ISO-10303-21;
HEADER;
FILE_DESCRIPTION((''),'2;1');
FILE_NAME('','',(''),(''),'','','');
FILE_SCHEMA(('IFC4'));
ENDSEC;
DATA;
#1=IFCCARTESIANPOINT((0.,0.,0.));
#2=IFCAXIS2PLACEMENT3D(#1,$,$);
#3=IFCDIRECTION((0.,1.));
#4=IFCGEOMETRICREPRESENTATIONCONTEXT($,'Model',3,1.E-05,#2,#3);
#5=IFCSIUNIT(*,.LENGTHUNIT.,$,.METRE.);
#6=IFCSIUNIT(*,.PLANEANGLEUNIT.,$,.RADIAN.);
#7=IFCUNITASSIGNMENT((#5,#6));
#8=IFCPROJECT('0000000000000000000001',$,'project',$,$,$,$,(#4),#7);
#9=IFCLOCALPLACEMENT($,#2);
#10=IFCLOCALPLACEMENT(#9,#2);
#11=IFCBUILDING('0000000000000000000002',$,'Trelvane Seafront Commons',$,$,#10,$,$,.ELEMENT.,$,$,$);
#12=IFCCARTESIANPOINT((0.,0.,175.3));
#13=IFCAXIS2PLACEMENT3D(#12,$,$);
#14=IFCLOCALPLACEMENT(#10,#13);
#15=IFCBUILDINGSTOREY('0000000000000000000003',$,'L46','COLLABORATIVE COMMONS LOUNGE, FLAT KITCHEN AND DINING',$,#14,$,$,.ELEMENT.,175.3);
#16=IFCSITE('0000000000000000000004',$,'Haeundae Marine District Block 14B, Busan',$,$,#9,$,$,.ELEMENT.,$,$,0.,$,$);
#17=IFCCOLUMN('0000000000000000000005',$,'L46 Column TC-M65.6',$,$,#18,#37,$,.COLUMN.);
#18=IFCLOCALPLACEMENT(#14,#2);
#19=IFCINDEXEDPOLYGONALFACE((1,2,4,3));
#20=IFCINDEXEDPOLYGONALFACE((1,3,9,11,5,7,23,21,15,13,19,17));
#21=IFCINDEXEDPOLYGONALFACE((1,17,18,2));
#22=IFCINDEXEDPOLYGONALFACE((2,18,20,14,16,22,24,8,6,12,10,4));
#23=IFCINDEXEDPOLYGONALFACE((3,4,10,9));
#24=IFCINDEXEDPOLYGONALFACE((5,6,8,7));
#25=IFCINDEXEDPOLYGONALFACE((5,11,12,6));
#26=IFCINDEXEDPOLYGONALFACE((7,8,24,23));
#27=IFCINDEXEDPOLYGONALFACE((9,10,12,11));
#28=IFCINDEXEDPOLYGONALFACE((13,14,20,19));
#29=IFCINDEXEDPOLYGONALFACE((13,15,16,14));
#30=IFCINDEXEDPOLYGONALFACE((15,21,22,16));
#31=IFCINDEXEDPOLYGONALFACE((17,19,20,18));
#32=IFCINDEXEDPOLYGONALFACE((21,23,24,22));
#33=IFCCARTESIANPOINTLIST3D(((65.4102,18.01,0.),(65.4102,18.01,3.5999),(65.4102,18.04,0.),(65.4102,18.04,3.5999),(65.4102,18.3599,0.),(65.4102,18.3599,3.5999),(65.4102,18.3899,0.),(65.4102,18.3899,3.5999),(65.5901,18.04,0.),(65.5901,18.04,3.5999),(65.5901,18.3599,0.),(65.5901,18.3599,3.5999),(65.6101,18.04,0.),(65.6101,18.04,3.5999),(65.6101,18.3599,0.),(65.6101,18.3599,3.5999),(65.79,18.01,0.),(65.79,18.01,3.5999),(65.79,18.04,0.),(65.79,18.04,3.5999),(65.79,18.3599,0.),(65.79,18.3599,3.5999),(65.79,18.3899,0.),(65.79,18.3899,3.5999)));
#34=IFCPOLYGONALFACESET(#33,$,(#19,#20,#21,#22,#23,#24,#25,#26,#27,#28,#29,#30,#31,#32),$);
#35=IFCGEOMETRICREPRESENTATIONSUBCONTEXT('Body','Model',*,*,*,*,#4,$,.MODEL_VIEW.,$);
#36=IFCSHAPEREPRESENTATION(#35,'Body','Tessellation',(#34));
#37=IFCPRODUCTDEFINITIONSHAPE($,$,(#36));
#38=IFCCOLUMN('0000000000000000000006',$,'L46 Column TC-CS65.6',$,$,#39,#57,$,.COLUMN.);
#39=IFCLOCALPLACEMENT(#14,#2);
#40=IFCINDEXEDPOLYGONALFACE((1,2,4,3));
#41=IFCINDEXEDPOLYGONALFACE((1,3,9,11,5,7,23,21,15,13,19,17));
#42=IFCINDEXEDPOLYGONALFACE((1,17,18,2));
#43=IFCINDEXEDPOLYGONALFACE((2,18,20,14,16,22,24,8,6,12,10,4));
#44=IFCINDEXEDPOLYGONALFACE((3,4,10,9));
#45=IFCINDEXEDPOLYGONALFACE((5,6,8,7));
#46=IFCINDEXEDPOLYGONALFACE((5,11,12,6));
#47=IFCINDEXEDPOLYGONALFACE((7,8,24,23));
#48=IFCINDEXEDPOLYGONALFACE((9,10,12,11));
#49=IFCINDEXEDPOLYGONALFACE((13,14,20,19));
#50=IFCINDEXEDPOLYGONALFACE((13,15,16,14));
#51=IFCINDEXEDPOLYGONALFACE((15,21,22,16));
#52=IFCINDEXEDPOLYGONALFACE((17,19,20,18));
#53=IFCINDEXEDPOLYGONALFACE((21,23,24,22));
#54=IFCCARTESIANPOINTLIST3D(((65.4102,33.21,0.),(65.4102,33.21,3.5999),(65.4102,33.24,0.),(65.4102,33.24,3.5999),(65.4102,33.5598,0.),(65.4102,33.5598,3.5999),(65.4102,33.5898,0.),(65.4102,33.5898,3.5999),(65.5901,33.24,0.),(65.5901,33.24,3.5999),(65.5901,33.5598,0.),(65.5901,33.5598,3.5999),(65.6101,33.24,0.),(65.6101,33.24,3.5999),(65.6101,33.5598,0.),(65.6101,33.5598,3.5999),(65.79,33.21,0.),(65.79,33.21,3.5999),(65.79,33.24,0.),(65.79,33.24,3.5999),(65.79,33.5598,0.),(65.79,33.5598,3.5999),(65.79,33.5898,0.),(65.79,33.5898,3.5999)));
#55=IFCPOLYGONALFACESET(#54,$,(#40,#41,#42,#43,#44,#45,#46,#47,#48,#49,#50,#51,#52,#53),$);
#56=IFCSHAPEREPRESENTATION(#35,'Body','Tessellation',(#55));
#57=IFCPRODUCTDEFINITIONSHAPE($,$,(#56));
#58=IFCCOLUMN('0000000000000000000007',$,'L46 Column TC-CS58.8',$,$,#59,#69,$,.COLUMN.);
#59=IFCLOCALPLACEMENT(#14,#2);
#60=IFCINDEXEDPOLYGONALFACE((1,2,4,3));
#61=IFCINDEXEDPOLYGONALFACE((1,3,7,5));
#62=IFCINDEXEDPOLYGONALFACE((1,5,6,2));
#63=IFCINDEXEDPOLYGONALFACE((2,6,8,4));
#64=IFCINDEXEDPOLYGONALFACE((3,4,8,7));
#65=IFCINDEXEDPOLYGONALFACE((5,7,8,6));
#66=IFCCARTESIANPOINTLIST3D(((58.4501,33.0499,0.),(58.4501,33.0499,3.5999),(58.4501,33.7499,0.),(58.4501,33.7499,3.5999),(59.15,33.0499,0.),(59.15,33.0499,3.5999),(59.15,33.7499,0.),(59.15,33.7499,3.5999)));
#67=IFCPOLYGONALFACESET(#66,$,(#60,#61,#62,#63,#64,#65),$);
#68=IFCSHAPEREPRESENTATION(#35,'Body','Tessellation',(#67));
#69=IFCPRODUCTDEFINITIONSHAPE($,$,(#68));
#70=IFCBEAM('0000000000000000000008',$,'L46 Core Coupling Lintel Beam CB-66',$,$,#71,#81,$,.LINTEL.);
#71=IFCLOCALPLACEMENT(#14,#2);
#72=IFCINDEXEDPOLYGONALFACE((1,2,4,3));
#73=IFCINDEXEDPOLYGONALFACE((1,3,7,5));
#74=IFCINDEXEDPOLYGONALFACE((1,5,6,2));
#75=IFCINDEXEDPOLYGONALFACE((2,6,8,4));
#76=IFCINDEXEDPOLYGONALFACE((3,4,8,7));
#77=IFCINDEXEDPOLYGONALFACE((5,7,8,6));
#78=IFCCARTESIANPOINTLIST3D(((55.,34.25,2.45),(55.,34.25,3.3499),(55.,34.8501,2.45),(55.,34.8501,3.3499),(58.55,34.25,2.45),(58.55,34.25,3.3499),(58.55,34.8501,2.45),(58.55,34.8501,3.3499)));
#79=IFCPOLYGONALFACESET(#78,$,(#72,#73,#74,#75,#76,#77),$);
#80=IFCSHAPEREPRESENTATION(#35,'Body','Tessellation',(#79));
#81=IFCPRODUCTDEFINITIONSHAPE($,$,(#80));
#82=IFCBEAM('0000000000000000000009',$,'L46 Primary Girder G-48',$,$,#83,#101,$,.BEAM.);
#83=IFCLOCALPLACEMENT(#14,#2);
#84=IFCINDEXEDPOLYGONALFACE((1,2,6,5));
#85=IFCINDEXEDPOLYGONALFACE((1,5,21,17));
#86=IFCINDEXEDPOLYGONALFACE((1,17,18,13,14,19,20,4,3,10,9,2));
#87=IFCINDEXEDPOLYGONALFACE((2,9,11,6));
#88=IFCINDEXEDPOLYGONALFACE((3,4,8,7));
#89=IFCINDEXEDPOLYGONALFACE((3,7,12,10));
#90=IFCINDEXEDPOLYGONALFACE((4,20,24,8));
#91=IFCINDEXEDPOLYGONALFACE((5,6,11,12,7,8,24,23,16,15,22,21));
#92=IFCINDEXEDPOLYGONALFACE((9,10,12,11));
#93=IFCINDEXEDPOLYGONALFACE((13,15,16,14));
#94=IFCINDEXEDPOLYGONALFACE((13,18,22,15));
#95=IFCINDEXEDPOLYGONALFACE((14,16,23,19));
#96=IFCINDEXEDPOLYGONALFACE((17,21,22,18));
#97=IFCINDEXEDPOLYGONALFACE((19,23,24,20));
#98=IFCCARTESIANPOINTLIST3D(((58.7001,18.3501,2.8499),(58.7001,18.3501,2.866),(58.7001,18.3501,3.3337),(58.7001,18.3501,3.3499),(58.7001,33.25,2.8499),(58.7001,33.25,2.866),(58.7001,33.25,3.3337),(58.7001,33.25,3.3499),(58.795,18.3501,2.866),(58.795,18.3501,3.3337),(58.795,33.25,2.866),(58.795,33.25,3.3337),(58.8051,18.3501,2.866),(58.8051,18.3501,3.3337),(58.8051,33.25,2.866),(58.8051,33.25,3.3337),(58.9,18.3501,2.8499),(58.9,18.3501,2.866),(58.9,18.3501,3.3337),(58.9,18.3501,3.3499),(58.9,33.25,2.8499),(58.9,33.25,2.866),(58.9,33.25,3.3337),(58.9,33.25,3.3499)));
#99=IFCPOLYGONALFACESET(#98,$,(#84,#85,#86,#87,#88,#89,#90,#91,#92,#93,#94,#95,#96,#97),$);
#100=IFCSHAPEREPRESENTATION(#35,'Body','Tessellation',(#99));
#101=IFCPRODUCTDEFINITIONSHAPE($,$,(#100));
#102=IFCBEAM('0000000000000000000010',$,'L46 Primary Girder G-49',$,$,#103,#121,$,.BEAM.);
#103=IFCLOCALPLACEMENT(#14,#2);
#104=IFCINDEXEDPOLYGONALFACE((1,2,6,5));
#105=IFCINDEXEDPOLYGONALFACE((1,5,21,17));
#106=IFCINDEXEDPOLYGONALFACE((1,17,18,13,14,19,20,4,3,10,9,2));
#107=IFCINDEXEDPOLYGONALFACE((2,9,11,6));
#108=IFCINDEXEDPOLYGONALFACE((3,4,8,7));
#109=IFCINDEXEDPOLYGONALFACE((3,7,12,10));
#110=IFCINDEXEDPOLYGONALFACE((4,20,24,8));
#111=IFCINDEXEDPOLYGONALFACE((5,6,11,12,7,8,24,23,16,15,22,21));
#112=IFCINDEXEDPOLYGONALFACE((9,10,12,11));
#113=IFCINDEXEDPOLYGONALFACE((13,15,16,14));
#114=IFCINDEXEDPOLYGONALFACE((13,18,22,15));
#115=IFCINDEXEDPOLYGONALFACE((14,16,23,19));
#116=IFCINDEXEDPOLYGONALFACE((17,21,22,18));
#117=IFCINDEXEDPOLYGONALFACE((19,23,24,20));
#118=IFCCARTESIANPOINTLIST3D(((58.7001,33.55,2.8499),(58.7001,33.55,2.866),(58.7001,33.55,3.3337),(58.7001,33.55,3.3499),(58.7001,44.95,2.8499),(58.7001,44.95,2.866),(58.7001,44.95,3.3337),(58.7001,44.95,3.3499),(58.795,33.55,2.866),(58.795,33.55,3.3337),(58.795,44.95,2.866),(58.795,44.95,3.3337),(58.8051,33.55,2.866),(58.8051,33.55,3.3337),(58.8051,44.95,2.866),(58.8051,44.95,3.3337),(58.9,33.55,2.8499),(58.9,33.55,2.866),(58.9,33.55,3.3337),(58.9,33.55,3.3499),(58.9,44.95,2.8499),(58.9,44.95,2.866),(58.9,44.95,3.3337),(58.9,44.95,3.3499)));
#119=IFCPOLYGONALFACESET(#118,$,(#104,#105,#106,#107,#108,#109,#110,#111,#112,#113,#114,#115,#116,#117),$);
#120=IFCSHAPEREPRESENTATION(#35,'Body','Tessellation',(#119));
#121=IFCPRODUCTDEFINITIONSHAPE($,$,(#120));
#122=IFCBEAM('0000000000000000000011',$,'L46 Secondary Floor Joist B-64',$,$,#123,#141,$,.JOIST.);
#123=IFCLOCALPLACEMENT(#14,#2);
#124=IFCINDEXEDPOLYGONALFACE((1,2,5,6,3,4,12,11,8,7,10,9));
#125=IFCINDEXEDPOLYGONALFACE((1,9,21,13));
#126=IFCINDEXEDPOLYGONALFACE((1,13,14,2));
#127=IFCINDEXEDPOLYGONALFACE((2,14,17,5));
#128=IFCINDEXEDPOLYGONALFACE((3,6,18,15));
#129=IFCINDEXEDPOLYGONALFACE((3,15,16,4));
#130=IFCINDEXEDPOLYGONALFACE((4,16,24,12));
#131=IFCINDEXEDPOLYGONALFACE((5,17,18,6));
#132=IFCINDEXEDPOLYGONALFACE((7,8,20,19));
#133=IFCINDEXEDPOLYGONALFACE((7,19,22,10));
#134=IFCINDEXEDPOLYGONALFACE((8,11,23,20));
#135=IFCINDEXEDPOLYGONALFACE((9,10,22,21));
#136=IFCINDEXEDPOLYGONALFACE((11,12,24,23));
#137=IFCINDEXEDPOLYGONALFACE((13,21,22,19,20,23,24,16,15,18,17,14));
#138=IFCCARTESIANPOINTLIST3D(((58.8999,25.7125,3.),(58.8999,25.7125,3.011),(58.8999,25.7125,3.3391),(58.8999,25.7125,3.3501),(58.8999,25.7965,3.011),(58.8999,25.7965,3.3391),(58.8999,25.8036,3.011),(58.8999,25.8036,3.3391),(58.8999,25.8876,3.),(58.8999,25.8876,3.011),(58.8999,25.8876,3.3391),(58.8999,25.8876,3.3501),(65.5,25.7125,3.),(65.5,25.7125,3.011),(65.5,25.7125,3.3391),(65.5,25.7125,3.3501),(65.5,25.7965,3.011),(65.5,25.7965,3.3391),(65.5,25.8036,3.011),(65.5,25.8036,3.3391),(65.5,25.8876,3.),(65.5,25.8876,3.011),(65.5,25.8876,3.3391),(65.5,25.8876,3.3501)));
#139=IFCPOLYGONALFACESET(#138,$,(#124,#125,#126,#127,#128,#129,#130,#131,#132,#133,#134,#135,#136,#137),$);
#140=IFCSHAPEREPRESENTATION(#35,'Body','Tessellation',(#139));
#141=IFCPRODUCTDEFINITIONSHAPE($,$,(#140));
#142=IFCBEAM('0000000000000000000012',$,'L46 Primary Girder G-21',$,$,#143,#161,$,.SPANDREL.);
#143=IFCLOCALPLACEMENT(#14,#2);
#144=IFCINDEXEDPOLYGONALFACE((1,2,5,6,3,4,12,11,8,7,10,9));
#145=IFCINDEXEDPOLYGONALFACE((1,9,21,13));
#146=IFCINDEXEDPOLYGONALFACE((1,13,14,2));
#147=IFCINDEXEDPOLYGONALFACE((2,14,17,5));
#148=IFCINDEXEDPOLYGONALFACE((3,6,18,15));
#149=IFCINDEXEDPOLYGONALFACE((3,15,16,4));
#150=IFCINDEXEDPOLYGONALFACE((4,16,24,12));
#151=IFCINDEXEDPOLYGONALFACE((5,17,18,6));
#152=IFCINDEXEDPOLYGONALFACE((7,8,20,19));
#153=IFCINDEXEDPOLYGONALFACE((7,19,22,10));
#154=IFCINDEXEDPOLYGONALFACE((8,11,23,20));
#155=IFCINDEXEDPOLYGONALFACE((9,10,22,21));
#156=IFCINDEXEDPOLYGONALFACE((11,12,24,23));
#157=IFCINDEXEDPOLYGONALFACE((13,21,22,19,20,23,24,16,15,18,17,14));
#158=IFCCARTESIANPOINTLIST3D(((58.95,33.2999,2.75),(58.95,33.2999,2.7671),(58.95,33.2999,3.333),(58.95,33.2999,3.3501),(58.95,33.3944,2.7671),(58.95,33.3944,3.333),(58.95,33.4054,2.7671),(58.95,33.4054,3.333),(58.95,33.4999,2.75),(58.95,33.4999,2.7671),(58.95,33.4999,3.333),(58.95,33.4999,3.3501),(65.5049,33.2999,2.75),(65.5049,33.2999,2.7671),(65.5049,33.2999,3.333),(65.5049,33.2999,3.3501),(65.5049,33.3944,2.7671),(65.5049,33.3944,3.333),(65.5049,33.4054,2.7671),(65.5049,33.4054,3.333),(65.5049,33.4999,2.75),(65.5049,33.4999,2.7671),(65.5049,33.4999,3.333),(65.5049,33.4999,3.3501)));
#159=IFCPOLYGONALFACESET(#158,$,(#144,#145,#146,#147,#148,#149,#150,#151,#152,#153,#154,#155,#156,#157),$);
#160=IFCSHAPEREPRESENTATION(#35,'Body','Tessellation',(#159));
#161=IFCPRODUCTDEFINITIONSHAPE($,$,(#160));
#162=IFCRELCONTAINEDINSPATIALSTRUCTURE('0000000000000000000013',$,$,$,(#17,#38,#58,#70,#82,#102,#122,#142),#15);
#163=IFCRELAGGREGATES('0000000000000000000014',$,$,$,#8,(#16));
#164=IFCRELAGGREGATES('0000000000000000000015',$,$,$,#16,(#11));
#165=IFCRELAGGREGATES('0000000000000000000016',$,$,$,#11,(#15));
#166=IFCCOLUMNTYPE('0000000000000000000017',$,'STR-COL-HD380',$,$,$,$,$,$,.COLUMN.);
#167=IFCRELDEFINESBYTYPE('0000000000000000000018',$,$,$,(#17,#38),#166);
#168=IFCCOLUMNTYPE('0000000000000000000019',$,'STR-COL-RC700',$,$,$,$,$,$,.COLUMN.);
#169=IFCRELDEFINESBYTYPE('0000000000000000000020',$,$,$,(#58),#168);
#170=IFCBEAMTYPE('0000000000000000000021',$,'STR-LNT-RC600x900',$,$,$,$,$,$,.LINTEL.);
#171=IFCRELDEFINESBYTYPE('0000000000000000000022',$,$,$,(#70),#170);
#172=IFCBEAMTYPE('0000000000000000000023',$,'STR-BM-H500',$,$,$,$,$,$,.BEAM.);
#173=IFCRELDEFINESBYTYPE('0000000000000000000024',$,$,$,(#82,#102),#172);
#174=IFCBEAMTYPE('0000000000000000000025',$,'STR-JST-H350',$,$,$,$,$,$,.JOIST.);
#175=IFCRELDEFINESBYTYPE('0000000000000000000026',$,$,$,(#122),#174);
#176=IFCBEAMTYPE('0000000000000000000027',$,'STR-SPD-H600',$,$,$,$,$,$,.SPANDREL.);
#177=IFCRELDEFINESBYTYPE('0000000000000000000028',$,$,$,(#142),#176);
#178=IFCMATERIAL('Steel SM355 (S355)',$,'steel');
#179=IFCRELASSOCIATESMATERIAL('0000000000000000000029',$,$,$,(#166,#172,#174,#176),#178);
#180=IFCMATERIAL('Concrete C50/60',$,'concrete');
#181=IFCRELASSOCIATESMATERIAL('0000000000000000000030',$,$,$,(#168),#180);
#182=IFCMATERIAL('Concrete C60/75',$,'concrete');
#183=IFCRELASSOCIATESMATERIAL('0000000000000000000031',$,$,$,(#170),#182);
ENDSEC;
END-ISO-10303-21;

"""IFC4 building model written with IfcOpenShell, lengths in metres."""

from ifc_helpers import new_model, si_unit, direction, frame, origin, origin_2d, place, context, subcontext, project, spatial, rectangle, i_section, extrude, source, transform, mapped, material, material_profile, profile_set, type_object, element, save


model = new_model("IFC4")

# Units and contexts
model_context = context("Model", 3, precision=1e-05, world=origin(), true_north=direction((0.0, 1.0)))
body_context = subcontext(model_context, "Body", "Model", "MODEL_VIEW")
ifc_project = project(units=[si_unit("LENGTHUNIT", "METRE"), si_unit("PLANEANGLEUNIT", "RADIAN")], contexts=[model_context])

# Site, building, storey
site_placement = place(None, origin())
site = spatial("IfcSite", under=ifc_project, at=site_placement, Name="Haeundae Marine District Block 14B, Busan", CompositionType="ELEMENT", RefElevation=0.0)
building_placement = place(site_placement, origin())
building = spatial("IfcBuilding", under=site, at=building_placement, Name="Trelvane Seafront Commons", CompositionType="ELEMENT")
storey_placement = place(building_placement, frame((0.0, 0.0, 175.3)))
storey = spatial("IfcBuildingStorey", under=building, at=storey_placement, Name="L46", Description="COLLABORATIVE COMMONS LOUNGE, FLAT KITCHEN AND DINING", CompositionType="ELEMENT", Elevation=175.3)

# Columns
ifc_material_1 = material(Name="Steel SM355 (S355)", Category="steel")
ifc_material_profile_1 = material_profile(ifc_material_1, i_section(OverallWidth=0.3799, OverallDepth=0.3799, WebThickness=0.02, FlangeThickness=0.03, at=origin_2d()), Name="HD-380x380x20x30")
ifc_profile_set_1 = profile_set([ifc_material_profile_1], Name="Steel SM355 (S355)")
column_type_1 = type_object("IfcColumnType", Name="STR-COL-HD380", PredefinedType="COLUMN", material=ifc_profile_set_1)
shared_shape_1 = source(origin(), body_context, "Body", "SweptSolid", [
    extrude(i_section(OverallWidth=0.3799, OverallDepth=0.3799, WebThickness=0.02, FlangeThickness=0.03, at=origin_2d()), origin(), (0.0, 0.0, 1.0), 3.5999),
])
for number, where, z_axis, x_axis, name in (
    (1, (65.6001, 18.2, 0.0), (0.0, 0.0, 1.0), (1.0, 0.0, 0.0), "L46 Column TC-M65.6"),
    (2, (65.6001, 33.3999, 0.0), (0.0, 0.0, 1.0), (1.0, 0.0, 0.0), "L46 Column TC-CS65.6"),
):
    element("IfcColumn", number, at=place(storey_placement, frame(where, z_axis=z_axis, x_axis=x_axis)), inside=storey, type_object=column_type_1, Name=name, PredefinedType="COLUMN", context=body_context, shape_type="MappedRepresentation", body=[
        mapped(shared_shape_1, transform((0.0, 0.0, 0.0), x_axis=(1.0, 0.0, 0.0), y_axis=(0.0, 1.0, 0.0), z_axis=(0.0, 0.0, 1.0), scale=1.0)),
    ])
ifc_material_2 = material(Name="Concrete C50/60", Category="concrete")
ifc_material_profile_2 = material_profile(ifc_material_2, rectangle(XDim=0.7, YDim=0.7, at=origin_2d()), Name="RC-700x700")
ifc_profile_set_2 = profile_set([ifc_material_profile_2], Name="Concrete C50/60")
column_type_2 = type_object("IfcColumnType", Name="STR-COL-RC700", PredefinedType="COLUMN", material=ifc_profile_set_2)
shared_shape_2 = source(origin(), body_context, "Body", "SweptSolid", [
    extrude(rectangle(XDim=0.7, YDim=0.7, at=origin_2d()), origin(), (0.0, 0.0, 1.0), 3.5999),
])
column_placement = place(storey_placement, frame((58.8, 33.3999, 0.0), z_axis=(0.0, 0.0, 1.0), x_axis=(1.0, 0.0, 0.0)))
element("IfcColumn", 3, at=column_placement, inside=storey, type_object=column_type_2, Name="L46 Column TC-CS58.8", PredefinedType="COLUMN", context=body_context, shape_type="MappedRepresentation", body=[
    mapped(shared_shape_2, transform((0.0, 0.0, 0.0), x_axis=(1.0, 0.0, 0.0), y_axis=(0.0, 1.0, 0.0), z_axis=(0.0, 0.0, 1.0), scale=1.0)),
])

# Beams
ifc_material_3 = material(Name="Concrete C60/75", Category="concrete")
ifc_material_profile_3 = material_profile(ifc_material_3, rectangle(XDim=0.6001, YDim=0.8999, at=origin_2d()), Name="RC-600x900")
ifc_profile_set_3 = profile_set([ifc_material_profile_3], Name="Concrete C60/75")
beam_type_1 = type_object("IfcBeamType", Name="STR-LNT-RC600x900", PredefinedType="LINTEL", material=ifc_profile_set_3)
shared_shape_3 = source(origin(), body_context, "Body", "SweptSolid", [
    extrude(rectangle(XDim=0.6001, YDim=0.8999, at=origin_2d()), origin(), (0.0, 0.0, 1.0), 3.55),
])
beam_1_placement = place(storey_placement, frame((55.0, 34.55, 2.8999), z_axis=(1.0, 0.0, 0.0), x_axis=(0.0, 1.0, 0.0)))
element("IfcBeam", 4, at=beam_1_placement, inside=storey, type_object=beam_type_1, Name="L46 Core Coupling Lintel Beam CB-66", PredefinedType="LINTEL", context=body_context, shape_type="MappedRepresentation", body=[
    mapped(shared_shape_3, transform((0.0, 0.0, 0.0), x_axis=(1.0, 0.0, 0.0), y_axis=(0.0, 1.0, 0.0), z_axis=(0.0, 0.0, 1.0), scale=1.0)),
])
ifc_material_profile_4 = material_profile(ifc_material_1, i_section(OverallWidth=0.2, OverallDepth=0.5, WebThickness=0.01, FlangeThickness=0.0161, at=origin_2d()), Name="H-500x200x10x16")
ifc_profile_set_4 = profile_set([ifc_material_profile_4], Name="Steel SM355 (S355)")
beam_type_2 = type_object("IfcBeamType", Name="STR-BM-H500", PredefinedType="BEAM", material=ifc_profile_set_4)
shared_shape_4 = source(origin(), body_context, "Body", "SweptSolid", [
    extrude(i_section(OverallWidth=0.2, OverallDepth=0.5, WebThickness=0.01, FlangeThickness=0.0161, at=origin_2d()), origin(), (0.0, 0.0, 1.0), 14.8999),
])
beam_2_placement = place(storey_placement, frame((58.8, 18.3501, 3.0999), z_axis=(0.0, 1.0, 0.0), x_axis=(-1.0, 0.0, 0.0)))
element("IfcBeam", 5, at=beam_2_placement, inside=storey, type_object=beam_type_2, Name="L46 Primary Girder G-48", PredefinedType="BEAM", context=body_context, shape_type="MappedRepresentation", body=[
    mapped(shared_shape_4, transform((0.0, 0.0, 0.0), x_axis=(1.0, 0.0, 0.0), y_axis=(0.0, 1.0, 0.0), z_axis=(0.0, 0.0, 1.0), scale=1.0)),
])
shared_shape_5 = source(origin(), body_context, "Body", "SweptSolid", [
    extrude(i_section(OverallWidth=0.2, OverallDepth=0.5, WebThickness=0.01, FlangeThickness=0.0161, at=origin_2d()), origin(), (0.0, 0.0, 1.0), 11.3999),
])
beam_3_placement = place(storey_placement, frame((58.8, 33.55, 3.0999), z_axis=(0.0, 1.0, 0.0), x_axis=(-1.0, 0.0, 0.0)))
element("IfcBeam", 6, at=beam_3_placement, inside=storey, type_object=beam_type_2, Name="L46 Primary Girder G-49", PredefinedType="BEAM", context=body_context, shape_type="MappedRepresentation", body=[
    mapped(shared_shape_5, transform((0.0, 0.0, 0.0), x_axis=(1.0, 0.0, 0.0), y_axis=(0.0, 1.0, 0.0), z_axis=(0.0, 0.0, 1.0), scale=1.0)),
])
ifc_material_profile_5 = material_profile(ifc_material_1, i_section(OverallWidth=0.175, OverallDepth=0.3501, WebThickness=0.0071, FlangeThickness=0.011, at=origin_2d()), Name="H-350x175x7x11")
ifc_profile_set_5 = profile_set([ifc_material_profile_5], Name="Steel SM355 (S355)")
beam_type_3 = type_object("IfcBeamType", Name="STR-JST-H350", PredefinedType="JOIST", material=ifc_profile_set_5)
shared_shape_6 = source(origin(), body_context, "Body", "SweptSolid", [
    extrude(i_section(OverallWidth=0.175, OverallDepth=0.3501, WebThickness=0.0071, FlangeThickness=0.011, at=origin_2d()), origin(), (0.0, 0.0, 1.0), 6.6001),
])
beam_4_placement = place(storey_placement, frame((58.8999, 25.8, 3.175), z_axis=(1.0, 0.0, 0.0), x_axis=(0.0, 1.0, 0.0)))
element("IfcBeam", 7, at=beam_4_placement, inside=storey, type_object=beam_type_3, Name="L46 Secondary Floor Joist B-64", PredefinedType="JOIST", context=body_context, shape_type="MappedRepresentation", body=[
    mapped(shared_shape_6, transform((0.0, 0.0, 0.0), x_axis=(1.0, 0.0, 0.0), y_axis=(0.0, 1.0, 0.0), z_axis=(0.0, 0.0, 1.0), scale=1.0)),
])
ifc_material_profile_6 = material_profile(ifc_material_1, i_section(OverallWidth=0.2, OverallDepth=0.6001, WebThickness=0.011, FlangeThickness=0.0171, at=origin_2d()), Name="H-600x200x11x17")
ifc_profile_set_6 = profile_set([ifc_material_profile_6], Name="Steel SM355 (S355)")
beam_type_4 = type_object("IfcBeamType", Name="STR-SPD-H600", PredefinedType="SPANDREL", material=ifc_profile_set_6)
shared_shape_7 = source(origin(), body_context, "Body", "SweptSolid", [
    extrude(i_section(OverallWidth=0.2, OverallDepth=0.6001, WebThickness=0.011, FlangeThickness=0.0171, at=origin_2d()), origin(), (0.0, 0.0, 1.0), 6.5549),
])
beam_5_placement = place(storey_placement, frame((58.95, 33.3999, 3.05), z_axis=(1.0, 0.0, 0.0), x_axis=(0.0, 1.0, 0.0)))
element("IfcBeam", 8, at=beam_5_placement, inside=storey, type_object=beam_type_4, Name="L46 Primary Girder G-21", PredefinedType="SPANDREL", context=body_context, shape_type="MappedRepresentation", body=[
    mapped(shared_shape_7, transform((0.0, 0.0, 0.0), x_axis=(1.0, 0.0, 0.0), y_axis=(0.0, 1.0, 0.0), z_axis=(0.0, 0.0, 1.0), scale=1.0)),
])

save(model, "model.ifc")
